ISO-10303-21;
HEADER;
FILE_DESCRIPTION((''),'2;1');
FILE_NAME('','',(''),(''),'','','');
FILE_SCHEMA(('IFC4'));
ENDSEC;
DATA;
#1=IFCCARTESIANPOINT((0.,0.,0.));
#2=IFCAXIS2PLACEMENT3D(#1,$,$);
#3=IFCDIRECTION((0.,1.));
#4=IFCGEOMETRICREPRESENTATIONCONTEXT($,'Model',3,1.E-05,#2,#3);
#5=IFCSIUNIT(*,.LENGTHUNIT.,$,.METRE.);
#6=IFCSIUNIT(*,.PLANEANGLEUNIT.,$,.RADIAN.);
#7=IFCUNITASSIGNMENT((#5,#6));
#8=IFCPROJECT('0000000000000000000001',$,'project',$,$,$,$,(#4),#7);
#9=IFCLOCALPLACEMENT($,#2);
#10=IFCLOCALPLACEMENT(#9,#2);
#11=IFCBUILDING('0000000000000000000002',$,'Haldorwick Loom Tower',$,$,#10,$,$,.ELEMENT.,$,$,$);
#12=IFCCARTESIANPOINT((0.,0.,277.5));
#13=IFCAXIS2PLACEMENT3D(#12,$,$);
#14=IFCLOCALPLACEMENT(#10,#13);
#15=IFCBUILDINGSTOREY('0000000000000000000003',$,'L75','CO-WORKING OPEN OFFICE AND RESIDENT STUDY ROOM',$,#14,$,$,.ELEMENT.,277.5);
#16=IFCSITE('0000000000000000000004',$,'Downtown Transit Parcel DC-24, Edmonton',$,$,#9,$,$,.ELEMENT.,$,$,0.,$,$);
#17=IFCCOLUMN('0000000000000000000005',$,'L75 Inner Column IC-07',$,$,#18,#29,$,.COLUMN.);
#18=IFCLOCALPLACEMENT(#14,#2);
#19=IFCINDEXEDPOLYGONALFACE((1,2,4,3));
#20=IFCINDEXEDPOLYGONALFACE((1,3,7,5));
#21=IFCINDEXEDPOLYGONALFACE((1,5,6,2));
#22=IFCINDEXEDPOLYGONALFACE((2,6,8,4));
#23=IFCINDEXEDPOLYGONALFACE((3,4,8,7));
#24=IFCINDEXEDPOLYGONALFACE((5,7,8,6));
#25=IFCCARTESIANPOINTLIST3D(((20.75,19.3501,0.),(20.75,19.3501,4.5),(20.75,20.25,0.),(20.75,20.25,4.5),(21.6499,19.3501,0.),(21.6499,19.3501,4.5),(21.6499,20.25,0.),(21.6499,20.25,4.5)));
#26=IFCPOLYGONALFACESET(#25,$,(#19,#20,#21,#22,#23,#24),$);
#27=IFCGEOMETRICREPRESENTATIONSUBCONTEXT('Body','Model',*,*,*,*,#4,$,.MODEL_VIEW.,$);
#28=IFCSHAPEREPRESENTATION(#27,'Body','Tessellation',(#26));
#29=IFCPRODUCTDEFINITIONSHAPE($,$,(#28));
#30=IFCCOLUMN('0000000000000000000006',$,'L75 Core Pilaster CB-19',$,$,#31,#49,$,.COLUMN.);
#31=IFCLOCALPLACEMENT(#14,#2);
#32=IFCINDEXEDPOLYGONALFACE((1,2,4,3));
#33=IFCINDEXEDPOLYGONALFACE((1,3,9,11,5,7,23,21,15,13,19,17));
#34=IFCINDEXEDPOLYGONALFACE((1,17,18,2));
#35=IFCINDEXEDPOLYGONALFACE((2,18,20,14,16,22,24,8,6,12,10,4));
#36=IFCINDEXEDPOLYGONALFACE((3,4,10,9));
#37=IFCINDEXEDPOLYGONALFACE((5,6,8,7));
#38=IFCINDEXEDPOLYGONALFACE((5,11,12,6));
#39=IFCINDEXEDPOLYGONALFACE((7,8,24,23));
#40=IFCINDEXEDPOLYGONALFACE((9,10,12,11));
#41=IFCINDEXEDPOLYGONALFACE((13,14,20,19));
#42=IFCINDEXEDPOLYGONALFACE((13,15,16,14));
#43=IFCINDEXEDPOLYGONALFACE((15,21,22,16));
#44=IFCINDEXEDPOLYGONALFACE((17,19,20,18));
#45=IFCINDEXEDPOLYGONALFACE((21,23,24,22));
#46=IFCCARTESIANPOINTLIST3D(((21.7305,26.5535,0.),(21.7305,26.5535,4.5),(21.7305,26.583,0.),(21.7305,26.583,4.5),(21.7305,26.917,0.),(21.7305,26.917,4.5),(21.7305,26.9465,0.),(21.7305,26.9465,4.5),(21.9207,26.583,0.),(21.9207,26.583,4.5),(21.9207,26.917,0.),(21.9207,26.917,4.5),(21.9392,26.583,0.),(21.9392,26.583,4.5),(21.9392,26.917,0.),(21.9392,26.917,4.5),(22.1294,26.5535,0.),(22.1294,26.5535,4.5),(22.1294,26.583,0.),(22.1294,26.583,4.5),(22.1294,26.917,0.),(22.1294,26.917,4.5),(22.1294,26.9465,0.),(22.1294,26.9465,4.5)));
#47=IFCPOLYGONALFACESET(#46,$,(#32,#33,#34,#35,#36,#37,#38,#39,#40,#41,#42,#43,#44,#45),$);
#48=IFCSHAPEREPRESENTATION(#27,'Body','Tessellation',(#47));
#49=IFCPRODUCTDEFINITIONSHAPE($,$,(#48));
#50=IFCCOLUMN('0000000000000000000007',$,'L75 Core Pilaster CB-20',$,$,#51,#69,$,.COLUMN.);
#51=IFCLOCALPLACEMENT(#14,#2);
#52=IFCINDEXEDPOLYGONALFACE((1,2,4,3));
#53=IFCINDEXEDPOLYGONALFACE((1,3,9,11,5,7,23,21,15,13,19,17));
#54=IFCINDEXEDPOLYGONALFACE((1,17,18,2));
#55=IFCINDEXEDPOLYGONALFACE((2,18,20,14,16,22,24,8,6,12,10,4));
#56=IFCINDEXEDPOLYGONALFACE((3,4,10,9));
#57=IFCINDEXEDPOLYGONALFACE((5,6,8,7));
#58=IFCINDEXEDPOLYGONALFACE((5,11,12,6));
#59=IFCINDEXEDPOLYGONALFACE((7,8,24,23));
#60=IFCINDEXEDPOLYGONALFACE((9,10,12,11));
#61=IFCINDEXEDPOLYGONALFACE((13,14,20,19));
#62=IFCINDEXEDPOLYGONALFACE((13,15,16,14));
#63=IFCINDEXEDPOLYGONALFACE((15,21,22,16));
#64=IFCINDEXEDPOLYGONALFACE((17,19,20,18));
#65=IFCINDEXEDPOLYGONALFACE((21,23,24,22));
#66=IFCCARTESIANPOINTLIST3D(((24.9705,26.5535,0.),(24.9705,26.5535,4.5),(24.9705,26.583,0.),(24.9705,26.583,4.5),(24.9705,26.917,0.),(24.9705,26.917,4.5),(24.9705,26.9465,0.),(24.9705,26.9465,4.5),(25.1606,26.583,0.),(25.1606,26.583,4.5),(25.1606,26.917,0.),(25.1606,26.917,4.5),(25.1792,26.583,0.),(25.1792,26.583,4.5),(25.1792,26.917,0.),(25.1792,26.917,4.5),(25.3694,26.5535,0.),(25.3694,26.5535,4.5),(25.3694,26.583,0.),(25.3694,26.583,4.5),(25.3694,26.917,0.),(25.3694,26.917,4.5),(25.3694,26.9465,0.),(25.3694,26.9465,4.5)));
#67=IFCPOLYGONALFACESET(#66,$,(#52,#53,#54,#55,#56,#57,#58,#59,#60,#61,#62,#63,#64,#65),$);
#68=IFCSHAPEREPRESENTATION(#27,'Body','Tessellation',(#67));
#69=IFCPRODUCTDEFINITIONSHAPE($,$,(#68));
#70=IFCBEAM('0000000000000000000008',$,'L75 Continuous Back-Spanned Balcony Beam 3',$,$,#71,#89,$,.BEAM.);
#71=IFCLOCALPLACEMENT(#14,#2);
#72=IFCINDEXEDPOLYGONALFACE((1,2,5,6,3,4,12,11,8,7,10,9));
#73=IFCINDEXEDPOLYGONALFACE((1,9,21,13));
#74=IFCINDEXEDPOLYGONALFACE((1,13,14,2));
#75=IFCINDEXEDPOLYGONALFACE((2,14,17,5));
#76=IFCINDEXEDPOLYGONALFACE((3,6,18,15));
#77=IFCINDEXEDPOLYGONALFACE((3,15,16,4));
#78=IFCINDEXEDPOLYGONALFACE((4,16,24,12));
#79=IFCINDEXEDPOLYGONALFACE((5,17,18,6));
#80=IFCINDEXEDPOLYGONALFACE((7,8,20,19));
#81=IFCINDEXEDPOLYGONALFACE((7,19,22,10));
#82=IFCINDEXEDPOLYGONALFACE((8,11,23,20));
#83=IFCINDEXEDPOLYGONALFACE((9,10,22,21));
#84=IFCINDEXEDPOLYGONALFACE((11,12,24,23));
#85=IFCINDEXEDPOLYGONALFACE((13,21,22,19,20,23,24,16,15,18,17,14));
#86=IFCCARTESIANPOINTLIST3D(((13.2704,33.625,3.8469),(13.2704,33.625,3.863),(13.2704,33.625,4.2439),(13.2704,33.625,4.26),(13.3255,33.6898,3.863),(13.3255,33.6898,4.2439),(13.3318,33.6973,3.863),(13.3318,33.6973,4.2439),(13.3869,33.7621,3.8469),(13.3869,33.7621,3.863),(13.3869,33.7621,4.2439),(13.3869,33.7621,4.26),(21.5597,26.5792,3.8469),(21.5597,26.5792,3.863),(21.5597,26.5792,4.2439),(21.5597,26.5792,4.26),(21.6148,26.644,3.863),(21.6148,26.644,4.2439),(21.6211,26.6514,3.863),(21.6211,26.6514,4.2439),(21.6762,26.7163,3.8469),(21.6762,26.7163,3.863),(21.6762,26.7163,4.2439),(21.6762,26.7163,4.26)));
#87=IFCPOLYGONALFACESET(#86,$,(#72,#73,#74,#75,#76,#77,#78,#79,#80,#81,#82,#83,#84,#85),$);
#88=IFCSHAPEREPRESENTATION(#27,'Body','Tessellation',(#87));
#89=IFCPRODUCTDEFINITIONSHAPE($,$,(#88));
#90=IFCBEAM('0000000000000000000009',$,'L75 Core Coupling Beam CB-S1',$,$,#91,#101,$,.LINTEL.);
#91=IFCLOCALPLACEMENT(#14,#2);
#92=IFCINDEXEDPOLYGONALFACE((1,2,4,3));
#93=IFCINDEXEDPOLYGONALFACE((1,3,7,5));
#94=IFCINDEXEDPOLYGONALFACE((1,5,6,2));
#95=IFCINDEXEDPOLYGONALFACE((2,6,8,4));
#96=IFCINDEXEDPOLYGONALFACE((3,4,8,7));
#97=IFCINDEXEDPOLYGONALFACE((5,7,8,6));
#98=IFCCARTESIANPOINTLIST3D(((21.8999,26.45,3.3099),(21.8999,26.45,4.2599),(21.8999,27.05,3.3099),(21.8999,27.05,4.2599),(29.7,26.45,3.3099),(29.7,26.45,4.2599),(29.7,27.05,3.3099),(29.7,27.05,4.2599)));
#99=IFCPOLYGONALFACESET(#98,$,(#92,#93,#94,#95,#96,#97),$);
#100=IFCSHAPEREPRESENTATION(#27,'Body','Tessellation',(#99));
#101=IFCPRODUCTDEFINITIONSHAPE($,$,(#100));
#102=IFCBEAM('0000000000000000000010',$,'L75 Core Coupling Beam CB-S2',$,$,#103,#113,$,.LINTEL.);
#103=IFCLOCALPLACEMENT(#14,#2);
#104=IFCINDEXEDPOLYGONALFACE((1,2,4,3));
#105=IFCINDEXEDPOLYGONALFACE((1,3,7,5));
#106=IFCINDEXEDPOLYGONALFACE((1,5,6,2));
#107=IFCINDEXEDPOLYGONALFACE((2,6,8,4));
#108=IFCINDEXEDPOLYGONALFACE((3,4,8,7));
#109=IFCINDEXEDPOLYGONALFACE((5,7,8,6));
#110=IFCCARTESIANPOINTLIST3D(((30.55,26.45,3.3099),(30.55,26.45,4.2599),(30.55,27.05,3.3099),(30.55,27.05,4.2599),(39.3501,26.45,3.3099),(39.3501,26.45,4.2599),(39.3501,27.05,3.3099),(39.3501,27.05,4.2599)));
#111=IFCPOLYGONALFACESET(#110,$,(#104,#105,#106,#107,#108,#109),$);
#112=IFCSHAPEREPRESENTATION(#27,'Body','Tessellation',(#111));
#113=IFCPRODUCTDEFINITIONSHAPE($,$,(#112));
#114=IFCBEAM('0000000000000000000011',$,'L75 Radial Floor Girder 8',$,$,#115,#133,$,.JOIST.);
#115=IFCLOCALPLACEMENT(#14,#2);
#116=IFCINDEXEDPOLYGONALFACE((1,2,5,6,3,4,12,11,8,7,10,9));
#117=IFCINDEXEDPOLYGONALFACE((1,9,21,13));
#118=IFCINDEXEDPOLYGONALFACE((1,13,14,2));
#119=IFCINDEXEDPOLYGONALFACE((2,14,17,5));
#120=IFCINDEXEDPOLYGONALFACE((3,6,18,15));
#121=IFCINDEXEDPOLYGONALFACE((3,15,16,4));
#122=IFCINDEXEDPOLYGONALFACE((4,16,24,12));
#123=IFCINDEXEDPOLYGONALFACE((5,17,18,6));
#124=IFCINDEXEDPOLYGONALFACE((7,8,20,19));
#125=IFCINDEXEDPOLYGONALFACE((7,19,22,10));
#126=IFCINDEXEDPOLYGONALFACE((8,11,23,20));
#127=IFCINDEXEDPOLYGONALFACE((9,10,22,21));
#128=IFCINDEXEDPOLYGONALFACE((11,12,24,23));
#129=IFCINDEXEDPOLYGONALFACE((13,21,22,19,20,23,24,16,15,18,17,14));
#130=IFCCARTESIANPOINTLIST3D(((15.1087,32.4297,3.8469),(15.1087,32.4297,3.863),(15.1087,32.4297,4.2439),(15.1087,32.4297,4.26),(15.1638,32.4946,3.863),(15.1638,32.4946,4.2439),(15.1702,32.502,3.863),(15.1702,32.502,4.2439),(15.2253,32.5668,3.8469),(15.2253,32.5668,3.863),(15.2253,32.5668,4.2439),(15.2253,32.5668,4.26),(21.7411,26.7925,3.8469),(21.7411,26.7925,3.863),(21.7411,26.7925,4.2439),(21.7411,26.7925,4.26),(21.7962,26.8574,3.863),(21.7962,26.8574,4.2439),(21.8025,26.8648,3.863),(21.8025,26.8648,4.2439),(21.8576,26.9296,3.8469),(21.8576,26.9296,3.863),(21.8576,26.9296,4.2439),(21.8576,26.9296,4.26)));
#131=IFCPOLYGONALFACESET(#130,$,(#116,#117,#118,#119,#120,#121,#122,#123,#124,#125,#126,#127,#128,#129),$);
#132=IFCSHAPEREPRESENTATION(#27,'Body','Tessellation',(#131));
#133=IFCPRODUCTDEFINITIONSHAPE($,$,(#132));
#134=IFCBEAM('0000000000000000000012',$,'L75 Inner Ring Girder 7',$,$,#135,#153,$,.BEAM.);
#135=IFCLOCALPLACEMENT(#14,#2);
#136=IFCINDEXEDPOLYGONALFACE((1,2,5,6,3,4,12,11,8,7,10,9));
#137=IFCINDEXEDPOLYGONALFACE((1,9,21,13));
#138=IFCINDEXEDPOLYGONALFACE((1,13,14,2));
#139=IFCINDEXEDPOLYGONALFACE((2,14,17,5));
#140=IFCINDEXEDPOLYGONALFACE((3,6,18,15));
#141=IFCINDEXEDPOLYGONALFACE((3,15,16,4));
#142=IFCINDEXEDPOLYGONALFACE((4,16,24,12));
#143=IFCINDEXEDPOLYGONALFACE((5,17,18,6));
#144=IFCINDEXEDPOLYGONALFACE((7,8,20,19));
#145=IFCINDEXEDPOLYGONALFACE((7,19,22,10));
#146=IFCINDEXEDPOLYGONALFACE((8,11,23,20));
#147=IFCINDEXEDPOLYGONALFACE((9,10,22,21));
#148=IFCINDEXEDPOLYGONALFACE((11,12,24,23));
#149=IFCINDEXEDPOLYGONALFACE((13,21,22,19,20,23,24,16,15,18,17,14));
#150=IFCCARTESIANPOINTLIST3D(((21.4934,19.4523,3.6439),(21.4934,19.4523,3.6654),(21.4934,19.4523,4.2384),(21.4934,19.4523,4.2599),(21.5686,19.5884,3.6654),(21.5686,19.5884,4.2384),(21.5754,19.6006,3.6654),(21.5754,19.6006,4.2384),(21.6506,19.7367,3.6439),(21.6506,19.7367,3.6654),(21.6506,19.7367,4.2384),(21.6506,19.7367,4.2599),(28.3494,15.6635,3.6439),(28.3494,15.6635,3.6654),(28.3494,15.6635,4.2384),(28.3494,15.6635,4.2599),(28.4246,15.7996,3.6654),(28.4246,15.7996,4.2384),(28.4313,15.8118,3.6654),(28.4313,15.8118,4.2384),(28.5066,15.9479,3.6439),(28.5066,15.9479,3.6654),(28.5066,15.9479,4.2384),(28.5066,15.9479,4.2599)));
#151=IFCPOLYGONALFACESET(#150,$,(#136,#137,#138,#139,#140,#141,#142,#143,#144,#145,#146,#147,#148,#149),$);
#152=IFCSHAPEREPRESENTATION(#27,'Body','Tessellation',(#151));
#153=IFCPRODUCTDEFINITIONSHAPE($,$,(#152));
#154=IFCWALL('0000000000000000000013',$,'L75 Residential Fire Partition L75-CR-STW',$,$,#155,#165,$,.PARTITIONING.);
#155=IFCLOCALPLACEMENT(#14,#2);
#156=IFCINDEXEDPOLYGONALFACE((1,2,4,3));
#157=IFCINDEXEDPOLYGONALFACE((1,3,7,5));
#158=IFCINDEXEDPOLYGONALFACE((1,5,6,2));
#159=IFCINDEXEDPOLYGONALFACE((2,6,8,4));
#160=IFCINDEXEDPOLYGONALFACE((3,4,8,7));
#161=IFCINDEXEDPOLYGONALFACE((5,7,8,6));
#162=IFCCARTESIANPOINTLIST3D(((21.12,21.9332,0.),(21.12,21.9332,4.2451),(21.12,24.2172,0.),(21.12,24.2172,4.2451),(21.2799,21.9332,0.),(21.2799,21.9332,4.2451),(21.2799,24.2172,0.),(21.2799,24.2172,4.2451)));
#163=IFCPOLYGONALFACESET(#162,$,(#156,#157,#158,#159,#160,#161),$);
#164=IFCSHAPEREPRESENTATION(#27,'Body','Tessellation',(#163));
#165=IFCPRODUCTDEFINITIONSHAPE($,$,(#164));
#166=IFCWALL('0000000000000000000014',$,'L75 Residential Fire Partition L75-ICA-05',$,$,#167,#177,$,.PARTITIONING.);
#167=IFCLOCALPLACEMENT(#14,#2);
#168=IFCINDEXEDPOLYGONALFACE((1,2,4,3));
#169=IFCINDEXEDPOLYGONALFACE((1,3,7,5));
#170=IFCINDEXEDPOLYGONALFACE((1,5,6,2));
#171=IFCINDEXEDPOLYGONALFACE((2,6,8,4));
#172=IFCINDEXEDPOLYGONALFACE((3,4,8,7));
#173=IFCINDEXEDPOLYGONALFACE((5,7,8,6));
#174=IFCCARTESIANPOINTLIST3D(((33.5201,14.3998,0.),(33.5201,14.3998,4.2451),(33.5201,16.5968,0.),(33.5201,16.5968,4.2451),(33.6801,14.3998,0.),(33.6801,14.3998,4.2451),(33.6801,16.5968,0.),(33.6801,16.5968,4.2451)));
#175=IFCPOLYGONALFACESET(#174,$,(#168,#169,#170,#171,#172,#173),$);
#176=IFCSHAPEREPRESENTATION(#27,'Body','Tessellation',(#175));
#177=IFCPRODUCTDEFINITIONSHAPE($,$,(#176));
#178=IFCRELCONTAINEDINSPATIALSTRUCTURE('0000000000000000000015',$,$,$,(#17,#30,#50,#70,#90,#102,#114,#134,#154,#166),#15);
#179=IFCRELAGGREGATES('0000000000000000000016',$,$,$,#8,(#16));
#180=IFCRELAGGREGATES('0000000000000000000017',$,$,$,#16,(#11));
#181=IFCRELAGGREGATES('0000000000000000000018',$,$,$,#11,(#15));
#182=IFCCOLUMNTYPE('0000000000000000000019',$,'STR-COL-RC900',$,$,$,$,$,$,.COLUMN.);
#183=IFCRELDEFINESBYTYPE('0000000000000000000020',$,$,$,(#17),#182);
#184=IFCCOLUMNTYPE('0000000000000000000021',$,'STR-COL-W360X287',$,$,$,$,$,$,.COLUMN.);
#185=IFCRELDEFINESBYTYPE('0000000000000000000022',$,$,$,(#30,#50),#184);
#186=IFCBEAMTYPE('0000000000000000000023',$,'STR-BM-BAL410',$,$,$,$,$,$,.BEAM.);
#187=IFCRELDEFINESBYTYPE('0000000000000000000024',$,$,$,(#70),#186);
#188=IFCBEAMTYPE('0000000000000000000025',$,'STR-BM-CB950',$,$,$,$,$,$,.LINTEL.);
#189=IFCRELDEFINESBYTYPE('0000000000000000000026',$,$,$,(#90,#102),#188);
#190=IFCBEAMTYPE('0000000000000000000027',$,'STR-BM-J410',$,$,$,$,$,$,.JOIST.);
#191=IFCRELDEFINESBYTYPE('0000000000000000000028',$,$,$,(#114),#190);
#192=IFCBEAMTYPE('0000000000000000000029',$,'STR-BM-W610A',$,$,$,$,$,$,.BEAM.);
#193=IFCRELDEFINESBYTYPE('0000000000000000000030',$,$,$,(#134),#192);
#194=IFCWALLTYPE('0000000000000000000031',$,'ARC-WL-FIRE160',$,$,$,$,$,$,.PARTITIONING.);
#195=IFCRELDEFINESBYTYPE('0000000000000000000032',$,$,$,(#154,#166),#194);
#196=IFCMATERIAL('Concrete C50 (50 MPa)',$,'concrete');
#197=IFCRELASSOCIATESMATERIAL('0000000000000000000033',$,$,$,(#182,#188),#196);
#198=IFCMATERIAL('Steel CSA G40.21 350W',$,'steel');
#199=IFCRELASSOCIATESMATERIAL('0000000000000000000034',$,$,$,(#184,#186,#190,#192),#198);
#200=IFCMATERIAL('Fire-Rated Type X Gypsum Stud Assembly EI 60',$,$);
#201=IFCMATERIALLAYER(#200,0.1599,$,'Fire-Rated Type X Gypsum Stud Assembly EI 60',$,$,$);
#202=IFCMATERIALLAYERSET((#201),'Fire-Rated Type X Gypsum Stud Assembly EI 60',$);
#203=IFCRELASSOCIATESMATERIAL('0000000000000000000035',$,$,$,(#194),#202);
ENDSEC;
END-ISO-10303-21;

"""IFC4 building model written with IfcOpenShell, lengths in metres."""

from ifc_helpers import new_model, si_unit, direction, frame, frame_2d, origin, origin_2d, place, context, subcontext, project, spatial, rectangle, i_section, extrude, material, layer, layer_set, material_profile, profile_set, type_object, element, save


model = new_model("IFC4")

# Units and contexts
model_context = context("Model", 3, precision=1e-05, world=origin(), true_north=direction((0.0, 1.0)))
body_context = subcontext(model_context, "Body", "Model", "MODEL_VIEW")
ifc_project = project(units=[si_unit("LENGTHUNIT", "METRE"), si_unit("PLANEANGLEUNIT", "RADIAN")], contexts=[model_context])

# Site, building, storey
site_placement = place(None, origin())
site = spatial("IfcSite", under=ifc_project, at=site_placement, Name="Downtown Transit Parcel DC-24, Edmonton", CompositionType="ELEMENT", RefElevation=0.0)
building_placement = place(site_placement, origin())
building = spatial("IfcBuilding", under=site, at=building_placement, Name="Haldorwick Loom Tower", CompositionType="ELEMENT")
storey_placement = place(building_placement, frame((0.0, 0.0, 277.5)))
storey = spatial("IfcBuildingStorey", under=building, at=storey_placement, Name="L75", Description="CO-WORKING OPEN OFFICE AND RESIDENT STUDY ROOM", CompositionType="ELEMENT", Elevation=277.5)

# Columns
ifc_material_1 = material(Name="Concrete C50 (50 MPa)", Category="concrete")
ifc_material_profile_1 = material_profile(ifc_material_1, rectangle(XDim=0.8999, YDim=0.8999, at=origin_2d()), Name="RC900X900", Category="concrete")
ifc_profile_set_1 = profile_set([ifc_material_profile_1], Name="Concrete C50 (50 MPa)")
column_type_1 = type_object("IfcColumnType", Name="STR-COL-RC900", PredefinedType="COLUMN", material=ifc_profile_set_1)
column_placement = place(storey_placement, frame((21.2, 19.8, 0.0), z_axis=(0.0, 0.0, 1.0), x_axis=(1.0, 0.0, 0.0)))
element("IfcColumn", 1, at=column_placement, inside=storey, type_object=column_type_1, Name="L75 Inner Column IC-07", PredefinedType="COLUMN", context=body_context, shape_type="SweptSolid", body=[
    extrude(rectangle(XDim=0.8999, YDim=0.8999, at=origin_2d()), origin(), (0.0, 0.0, 1.0), 4.5),
])
ifc_material_2 = material(Name="Steel CSA G40.21 350W", Category="steel")
ifc_material_profile_2 = material_profile(ifc_material_2, i_section(OverallWidth=0.3989, OverallDepth=0.3931, WebThickness=0.0186, FlangeThickness=0.0295, at=origin_2d()), Name="W360X287", Category="steel")
ifc_profile_set_2 = profile_set([ifc_material_profile_2], Name="Steel CSA G40.21 350W")
column_type_2 = type_object("IfcColumnType", Name="STR-COL-W360X287", PredefinedType="COLUMN", material=ifc_profile_set_2)
for number, where, z_axis, x_axis, name in (
    (2, (21.9299, 26.75, 0.0), (0.0, 0.0, 1.0), (1.0, 0.0, 0.0), "L75 Core Pilaster CB-19"),
    (3, (25.1699, 26.75, 0.0), (0.0, 0.0, 1.0), (1.0, 0.0, 0.0), "L75 Core Pilaster CB-20"),
):
    element("IfcColumn", number, at=place(storey_placement, frame(where, z_axis=z_axis, x_axis=x_axis)), inside=storey, type_object=column_type_2, Name=name, PredefinedType="COLUMN", context=body_context, shape_type="SweptSolid", body=[
        extrude(i_section(OverallWidth=0.3989, OverallDepth=0.3931, WebThickness=0.0186, FlangeThickness=0.0295, at=origin_2d()), origin(), (0.0, 0.0, 1.0), 4.5),
    ])

# Beams
ifc_material_profile_3 = material_profile(ifc_material_2, i_section(OverallWidth=0.1799, OverallDepth=0.4131, WebThickness=0.0098, FlangeThickness=0.0161, at=origin_2d()), Name="W410X74", Category="steel")
ifc_profile_set_3 = profile_set([ifc_material_profile_3], Name="Steel CSA G40.21 350W")
beam_type_1 = type_object("IfcBeamType", Name="STR-BM-BAL410", PredefinedType="BEAM", material=ifc_profile_set_3)
beam_1_placement = place(storey_placement, frame((21.6179, 26.6477, 4.0535), z_axis=(-0.76194, 0.647648, 0.0), x_axis=(-0.647648, -0.76194, 0.0)))
element("IfcBeam", 4, at=beam_1_placement, inside=storey, type_object=beam_type_1, Name="L75 Continuous Back-Spanned Balcony Beam 3", PredefinedType="BEAM", context=body_context, shape_type="SweptSolid", body=[
    extrude(i_section(OverallWidth=0.1799, OverallDepth=0.4131, WebThickness=0.0098, FlangeThickness=0.0161, at=origin_2d()), origin(), (0.0, 0.0, 1.0), 10.8792),
])
ifc_material_profile_4 = material_profile(ifc_material_1, rectangle(XDim=0.6001, YDim=0.95, at=origin_2d()), Name="RC600X950", Category="concrete")
ifc_profile_set_4 = profile_set([ifc_material_profile_4], Name="Concrete C50 (50 MPa)")
beam_type_2 = type_object("IfcBeamType", Name="STR-BM-CB950", PredefinedType="LINTEL", material=ifc_profile_set_4)
beam_2_placement = place(storey_placement, frame((21.8999, 26.75, 3.7849), z_axis=(1.0, 0.0, 0.0), x_axis=(0.0, 1.0, 0.0)))
element("IfcBeam", 5, at=beam_2_placement, inside=storey, type_object=beam_type_2, Name="L75 Core Coupling Beam CB-S1", PredefinedType="LINTEL", context=body_context, shape_type="SweptSolid", body=[
    extrude(rectangle(XDim=0.6001, YDim=0.95, at=origin_2d()), origin(), (0.0, 0.0, 1.0), 7.8),
])
beam_3_placement = place(storey_placement, frame((30.55, 26.75, 3.7849), z_axis=(1.0, 0.0, 0.0), x_axis=(0.0, 1.0, 0.0)))
element("IfcBeam", 6, at=beam_3_placement, inside=storey, type_object=beam_type_2, Name="L75 Core Coupling Beam CB-S2", PredefinedType="LINTEL", context=body_context, shape_type="SweptSolid", body=[
    extrude(rectangle(XDim=0.6001, YDim=0.95, at=origin_2d()), origin(), (0.0, 0.0, 1.0), 8.8),
])
ifc_material_profile_5 = material_profile(ifc_material_2, i_section(OverallWidth=0.1799, OverallDepth=0.4131, WebThickness=0.0098, FlangeThickness=0.0161, at=origin_2d()), Name="W410X74", Category="steel")
ifc_profile_set_5 = profile_set([ifc_material_profile_5], Name="Steel CSA G40.21 350W")
beam_type_3 = type_object("IfcBeamType", Name="STR-BM-J410", PredefinedType="JOIST", material=ifc_profile_set_5)
beam_4_placement = place(storey_placement, frame((21.7993, 26.8611, 4.0535), z_axis=(-0.761955, 0.647631, 0.0), x_axis=(-0.647631, -0.761955, 0.0)))
element("IfcBeam", 7, at=beam_4_placement, inside=storey, type_object=beam_type_3, Name="L75 Radial Floor Girder 8", PredefinedType="JOIST", context=body_context, shape_type="SweptSolid", body=[
    extrude(i_section(OverallWidth=0.1799, OverallDepth=0.4131, WebThickness=0.0098, FlangeThickness=0.0161, at=origin_2d()), origin(), (0.0, 0.0, 1.0), 8.7043),
])
ifc_material_profile_6 = material_profile(ifc_material_2, i_section(OverallWidth=0.325, OverallDepth=0.616, WebThickness=0.0139, FlangeThickness=0.0215, at=origin_2d()), Name="W610X174", Category="steel")
ifc_profile_set_6 = profile_set([ifc_material_profile_6], Name="Steel CSA G40.21 350W")
beam_type_4 = type_object("IfcBeamType", Name="STR-BM-W610A", PredefinedType="BEAM", material=ifc_profile_set_6)
beam_5_placement = place(storey_placement, frame((28.428, 15.8057, 3.9519), z_axis=(-0.875242, 0.483686, 0.0), x_axis=(-0.483686, -0.875242, 0.0)))
element("IfcBeam", 8, at=beam_5_placement, inside=storey, type_object=beam_type_4, Name="L75 Inner Ring Girder 7", PredefinedType="BEAM", context=body_context, shape_type="SweptSolid", body=[
    extrude(i_section(OverallWidth=0.325, OverallDepth=0.616, WebThickness=0.0139, FlangeThickness=0.0215, at=origin_2d()), origin(), (0.0, 0.0, 1.0), 7.8333),
])

# Walls
ifc_material_3 = material(Name="Fire-Rated Type X Gypsum Stud Assembly EI 60")
ifc_layer_1 = layer(ifc_material_3, 0.1599, Name="Fire-Rated Type X Gypsum Stud Assembly EI 60")
ifc_layer_set_1 = layer_set([ifc_layer_1], Name="Fire-Rated Type X Gypsum Stud Assembly EI 60")
wall_type_1 = type_object("IfcWallType", Name="ARC-WL-FIRE160", PredefinedType="PARTITIONING", material=ifc_layer_set_1)
wall_1_placement = place(storey_placement, frame((21.2, 21.9331, 0.0), z_axis=(0.0, 0.0, 1.0), x_axis=(0.0, 1.0, 0.0)))
element("IfcWall", 9, at=wall_1_placement, inside=storey, type_object=wall_type_1, Name="L75 Residential Fire Partition L75-CR-STW", PredefinedType="PARTITIONING", context=body_context, shape_type="SweptSolid", body=[
    extrude(rectangle(XDim=2.2839, YDim=0.1599, at=frame_2d((1.1421, 0.0))), origin(), (0.0, 0.0, 1.0), 4.2451),
])
wall_2_placement = place(storey_placement, frame((33.6001, 16.5969, 0.0), z_axis=(0.0, 0.0, 1.0), x_axis=(0.0, -1.0, 0.0)))
element("IfcWall", 10, at=wall_2_placement, inside=storey, type_object=wall_type_1, Name="L75 Residential Fire Partition L75-ICA-05", PredefinedType="PARTITIONING", context=body_context, shape_type="SweptSolid", body=[
    extrude(rectangle(XDim=2.197, YDim=0.1599, at=frame_2d((1.0986, 0.0))), origin(), (0.0, 0.0, 1.0), 4.2451),
])

save(model, "model.ifc")
